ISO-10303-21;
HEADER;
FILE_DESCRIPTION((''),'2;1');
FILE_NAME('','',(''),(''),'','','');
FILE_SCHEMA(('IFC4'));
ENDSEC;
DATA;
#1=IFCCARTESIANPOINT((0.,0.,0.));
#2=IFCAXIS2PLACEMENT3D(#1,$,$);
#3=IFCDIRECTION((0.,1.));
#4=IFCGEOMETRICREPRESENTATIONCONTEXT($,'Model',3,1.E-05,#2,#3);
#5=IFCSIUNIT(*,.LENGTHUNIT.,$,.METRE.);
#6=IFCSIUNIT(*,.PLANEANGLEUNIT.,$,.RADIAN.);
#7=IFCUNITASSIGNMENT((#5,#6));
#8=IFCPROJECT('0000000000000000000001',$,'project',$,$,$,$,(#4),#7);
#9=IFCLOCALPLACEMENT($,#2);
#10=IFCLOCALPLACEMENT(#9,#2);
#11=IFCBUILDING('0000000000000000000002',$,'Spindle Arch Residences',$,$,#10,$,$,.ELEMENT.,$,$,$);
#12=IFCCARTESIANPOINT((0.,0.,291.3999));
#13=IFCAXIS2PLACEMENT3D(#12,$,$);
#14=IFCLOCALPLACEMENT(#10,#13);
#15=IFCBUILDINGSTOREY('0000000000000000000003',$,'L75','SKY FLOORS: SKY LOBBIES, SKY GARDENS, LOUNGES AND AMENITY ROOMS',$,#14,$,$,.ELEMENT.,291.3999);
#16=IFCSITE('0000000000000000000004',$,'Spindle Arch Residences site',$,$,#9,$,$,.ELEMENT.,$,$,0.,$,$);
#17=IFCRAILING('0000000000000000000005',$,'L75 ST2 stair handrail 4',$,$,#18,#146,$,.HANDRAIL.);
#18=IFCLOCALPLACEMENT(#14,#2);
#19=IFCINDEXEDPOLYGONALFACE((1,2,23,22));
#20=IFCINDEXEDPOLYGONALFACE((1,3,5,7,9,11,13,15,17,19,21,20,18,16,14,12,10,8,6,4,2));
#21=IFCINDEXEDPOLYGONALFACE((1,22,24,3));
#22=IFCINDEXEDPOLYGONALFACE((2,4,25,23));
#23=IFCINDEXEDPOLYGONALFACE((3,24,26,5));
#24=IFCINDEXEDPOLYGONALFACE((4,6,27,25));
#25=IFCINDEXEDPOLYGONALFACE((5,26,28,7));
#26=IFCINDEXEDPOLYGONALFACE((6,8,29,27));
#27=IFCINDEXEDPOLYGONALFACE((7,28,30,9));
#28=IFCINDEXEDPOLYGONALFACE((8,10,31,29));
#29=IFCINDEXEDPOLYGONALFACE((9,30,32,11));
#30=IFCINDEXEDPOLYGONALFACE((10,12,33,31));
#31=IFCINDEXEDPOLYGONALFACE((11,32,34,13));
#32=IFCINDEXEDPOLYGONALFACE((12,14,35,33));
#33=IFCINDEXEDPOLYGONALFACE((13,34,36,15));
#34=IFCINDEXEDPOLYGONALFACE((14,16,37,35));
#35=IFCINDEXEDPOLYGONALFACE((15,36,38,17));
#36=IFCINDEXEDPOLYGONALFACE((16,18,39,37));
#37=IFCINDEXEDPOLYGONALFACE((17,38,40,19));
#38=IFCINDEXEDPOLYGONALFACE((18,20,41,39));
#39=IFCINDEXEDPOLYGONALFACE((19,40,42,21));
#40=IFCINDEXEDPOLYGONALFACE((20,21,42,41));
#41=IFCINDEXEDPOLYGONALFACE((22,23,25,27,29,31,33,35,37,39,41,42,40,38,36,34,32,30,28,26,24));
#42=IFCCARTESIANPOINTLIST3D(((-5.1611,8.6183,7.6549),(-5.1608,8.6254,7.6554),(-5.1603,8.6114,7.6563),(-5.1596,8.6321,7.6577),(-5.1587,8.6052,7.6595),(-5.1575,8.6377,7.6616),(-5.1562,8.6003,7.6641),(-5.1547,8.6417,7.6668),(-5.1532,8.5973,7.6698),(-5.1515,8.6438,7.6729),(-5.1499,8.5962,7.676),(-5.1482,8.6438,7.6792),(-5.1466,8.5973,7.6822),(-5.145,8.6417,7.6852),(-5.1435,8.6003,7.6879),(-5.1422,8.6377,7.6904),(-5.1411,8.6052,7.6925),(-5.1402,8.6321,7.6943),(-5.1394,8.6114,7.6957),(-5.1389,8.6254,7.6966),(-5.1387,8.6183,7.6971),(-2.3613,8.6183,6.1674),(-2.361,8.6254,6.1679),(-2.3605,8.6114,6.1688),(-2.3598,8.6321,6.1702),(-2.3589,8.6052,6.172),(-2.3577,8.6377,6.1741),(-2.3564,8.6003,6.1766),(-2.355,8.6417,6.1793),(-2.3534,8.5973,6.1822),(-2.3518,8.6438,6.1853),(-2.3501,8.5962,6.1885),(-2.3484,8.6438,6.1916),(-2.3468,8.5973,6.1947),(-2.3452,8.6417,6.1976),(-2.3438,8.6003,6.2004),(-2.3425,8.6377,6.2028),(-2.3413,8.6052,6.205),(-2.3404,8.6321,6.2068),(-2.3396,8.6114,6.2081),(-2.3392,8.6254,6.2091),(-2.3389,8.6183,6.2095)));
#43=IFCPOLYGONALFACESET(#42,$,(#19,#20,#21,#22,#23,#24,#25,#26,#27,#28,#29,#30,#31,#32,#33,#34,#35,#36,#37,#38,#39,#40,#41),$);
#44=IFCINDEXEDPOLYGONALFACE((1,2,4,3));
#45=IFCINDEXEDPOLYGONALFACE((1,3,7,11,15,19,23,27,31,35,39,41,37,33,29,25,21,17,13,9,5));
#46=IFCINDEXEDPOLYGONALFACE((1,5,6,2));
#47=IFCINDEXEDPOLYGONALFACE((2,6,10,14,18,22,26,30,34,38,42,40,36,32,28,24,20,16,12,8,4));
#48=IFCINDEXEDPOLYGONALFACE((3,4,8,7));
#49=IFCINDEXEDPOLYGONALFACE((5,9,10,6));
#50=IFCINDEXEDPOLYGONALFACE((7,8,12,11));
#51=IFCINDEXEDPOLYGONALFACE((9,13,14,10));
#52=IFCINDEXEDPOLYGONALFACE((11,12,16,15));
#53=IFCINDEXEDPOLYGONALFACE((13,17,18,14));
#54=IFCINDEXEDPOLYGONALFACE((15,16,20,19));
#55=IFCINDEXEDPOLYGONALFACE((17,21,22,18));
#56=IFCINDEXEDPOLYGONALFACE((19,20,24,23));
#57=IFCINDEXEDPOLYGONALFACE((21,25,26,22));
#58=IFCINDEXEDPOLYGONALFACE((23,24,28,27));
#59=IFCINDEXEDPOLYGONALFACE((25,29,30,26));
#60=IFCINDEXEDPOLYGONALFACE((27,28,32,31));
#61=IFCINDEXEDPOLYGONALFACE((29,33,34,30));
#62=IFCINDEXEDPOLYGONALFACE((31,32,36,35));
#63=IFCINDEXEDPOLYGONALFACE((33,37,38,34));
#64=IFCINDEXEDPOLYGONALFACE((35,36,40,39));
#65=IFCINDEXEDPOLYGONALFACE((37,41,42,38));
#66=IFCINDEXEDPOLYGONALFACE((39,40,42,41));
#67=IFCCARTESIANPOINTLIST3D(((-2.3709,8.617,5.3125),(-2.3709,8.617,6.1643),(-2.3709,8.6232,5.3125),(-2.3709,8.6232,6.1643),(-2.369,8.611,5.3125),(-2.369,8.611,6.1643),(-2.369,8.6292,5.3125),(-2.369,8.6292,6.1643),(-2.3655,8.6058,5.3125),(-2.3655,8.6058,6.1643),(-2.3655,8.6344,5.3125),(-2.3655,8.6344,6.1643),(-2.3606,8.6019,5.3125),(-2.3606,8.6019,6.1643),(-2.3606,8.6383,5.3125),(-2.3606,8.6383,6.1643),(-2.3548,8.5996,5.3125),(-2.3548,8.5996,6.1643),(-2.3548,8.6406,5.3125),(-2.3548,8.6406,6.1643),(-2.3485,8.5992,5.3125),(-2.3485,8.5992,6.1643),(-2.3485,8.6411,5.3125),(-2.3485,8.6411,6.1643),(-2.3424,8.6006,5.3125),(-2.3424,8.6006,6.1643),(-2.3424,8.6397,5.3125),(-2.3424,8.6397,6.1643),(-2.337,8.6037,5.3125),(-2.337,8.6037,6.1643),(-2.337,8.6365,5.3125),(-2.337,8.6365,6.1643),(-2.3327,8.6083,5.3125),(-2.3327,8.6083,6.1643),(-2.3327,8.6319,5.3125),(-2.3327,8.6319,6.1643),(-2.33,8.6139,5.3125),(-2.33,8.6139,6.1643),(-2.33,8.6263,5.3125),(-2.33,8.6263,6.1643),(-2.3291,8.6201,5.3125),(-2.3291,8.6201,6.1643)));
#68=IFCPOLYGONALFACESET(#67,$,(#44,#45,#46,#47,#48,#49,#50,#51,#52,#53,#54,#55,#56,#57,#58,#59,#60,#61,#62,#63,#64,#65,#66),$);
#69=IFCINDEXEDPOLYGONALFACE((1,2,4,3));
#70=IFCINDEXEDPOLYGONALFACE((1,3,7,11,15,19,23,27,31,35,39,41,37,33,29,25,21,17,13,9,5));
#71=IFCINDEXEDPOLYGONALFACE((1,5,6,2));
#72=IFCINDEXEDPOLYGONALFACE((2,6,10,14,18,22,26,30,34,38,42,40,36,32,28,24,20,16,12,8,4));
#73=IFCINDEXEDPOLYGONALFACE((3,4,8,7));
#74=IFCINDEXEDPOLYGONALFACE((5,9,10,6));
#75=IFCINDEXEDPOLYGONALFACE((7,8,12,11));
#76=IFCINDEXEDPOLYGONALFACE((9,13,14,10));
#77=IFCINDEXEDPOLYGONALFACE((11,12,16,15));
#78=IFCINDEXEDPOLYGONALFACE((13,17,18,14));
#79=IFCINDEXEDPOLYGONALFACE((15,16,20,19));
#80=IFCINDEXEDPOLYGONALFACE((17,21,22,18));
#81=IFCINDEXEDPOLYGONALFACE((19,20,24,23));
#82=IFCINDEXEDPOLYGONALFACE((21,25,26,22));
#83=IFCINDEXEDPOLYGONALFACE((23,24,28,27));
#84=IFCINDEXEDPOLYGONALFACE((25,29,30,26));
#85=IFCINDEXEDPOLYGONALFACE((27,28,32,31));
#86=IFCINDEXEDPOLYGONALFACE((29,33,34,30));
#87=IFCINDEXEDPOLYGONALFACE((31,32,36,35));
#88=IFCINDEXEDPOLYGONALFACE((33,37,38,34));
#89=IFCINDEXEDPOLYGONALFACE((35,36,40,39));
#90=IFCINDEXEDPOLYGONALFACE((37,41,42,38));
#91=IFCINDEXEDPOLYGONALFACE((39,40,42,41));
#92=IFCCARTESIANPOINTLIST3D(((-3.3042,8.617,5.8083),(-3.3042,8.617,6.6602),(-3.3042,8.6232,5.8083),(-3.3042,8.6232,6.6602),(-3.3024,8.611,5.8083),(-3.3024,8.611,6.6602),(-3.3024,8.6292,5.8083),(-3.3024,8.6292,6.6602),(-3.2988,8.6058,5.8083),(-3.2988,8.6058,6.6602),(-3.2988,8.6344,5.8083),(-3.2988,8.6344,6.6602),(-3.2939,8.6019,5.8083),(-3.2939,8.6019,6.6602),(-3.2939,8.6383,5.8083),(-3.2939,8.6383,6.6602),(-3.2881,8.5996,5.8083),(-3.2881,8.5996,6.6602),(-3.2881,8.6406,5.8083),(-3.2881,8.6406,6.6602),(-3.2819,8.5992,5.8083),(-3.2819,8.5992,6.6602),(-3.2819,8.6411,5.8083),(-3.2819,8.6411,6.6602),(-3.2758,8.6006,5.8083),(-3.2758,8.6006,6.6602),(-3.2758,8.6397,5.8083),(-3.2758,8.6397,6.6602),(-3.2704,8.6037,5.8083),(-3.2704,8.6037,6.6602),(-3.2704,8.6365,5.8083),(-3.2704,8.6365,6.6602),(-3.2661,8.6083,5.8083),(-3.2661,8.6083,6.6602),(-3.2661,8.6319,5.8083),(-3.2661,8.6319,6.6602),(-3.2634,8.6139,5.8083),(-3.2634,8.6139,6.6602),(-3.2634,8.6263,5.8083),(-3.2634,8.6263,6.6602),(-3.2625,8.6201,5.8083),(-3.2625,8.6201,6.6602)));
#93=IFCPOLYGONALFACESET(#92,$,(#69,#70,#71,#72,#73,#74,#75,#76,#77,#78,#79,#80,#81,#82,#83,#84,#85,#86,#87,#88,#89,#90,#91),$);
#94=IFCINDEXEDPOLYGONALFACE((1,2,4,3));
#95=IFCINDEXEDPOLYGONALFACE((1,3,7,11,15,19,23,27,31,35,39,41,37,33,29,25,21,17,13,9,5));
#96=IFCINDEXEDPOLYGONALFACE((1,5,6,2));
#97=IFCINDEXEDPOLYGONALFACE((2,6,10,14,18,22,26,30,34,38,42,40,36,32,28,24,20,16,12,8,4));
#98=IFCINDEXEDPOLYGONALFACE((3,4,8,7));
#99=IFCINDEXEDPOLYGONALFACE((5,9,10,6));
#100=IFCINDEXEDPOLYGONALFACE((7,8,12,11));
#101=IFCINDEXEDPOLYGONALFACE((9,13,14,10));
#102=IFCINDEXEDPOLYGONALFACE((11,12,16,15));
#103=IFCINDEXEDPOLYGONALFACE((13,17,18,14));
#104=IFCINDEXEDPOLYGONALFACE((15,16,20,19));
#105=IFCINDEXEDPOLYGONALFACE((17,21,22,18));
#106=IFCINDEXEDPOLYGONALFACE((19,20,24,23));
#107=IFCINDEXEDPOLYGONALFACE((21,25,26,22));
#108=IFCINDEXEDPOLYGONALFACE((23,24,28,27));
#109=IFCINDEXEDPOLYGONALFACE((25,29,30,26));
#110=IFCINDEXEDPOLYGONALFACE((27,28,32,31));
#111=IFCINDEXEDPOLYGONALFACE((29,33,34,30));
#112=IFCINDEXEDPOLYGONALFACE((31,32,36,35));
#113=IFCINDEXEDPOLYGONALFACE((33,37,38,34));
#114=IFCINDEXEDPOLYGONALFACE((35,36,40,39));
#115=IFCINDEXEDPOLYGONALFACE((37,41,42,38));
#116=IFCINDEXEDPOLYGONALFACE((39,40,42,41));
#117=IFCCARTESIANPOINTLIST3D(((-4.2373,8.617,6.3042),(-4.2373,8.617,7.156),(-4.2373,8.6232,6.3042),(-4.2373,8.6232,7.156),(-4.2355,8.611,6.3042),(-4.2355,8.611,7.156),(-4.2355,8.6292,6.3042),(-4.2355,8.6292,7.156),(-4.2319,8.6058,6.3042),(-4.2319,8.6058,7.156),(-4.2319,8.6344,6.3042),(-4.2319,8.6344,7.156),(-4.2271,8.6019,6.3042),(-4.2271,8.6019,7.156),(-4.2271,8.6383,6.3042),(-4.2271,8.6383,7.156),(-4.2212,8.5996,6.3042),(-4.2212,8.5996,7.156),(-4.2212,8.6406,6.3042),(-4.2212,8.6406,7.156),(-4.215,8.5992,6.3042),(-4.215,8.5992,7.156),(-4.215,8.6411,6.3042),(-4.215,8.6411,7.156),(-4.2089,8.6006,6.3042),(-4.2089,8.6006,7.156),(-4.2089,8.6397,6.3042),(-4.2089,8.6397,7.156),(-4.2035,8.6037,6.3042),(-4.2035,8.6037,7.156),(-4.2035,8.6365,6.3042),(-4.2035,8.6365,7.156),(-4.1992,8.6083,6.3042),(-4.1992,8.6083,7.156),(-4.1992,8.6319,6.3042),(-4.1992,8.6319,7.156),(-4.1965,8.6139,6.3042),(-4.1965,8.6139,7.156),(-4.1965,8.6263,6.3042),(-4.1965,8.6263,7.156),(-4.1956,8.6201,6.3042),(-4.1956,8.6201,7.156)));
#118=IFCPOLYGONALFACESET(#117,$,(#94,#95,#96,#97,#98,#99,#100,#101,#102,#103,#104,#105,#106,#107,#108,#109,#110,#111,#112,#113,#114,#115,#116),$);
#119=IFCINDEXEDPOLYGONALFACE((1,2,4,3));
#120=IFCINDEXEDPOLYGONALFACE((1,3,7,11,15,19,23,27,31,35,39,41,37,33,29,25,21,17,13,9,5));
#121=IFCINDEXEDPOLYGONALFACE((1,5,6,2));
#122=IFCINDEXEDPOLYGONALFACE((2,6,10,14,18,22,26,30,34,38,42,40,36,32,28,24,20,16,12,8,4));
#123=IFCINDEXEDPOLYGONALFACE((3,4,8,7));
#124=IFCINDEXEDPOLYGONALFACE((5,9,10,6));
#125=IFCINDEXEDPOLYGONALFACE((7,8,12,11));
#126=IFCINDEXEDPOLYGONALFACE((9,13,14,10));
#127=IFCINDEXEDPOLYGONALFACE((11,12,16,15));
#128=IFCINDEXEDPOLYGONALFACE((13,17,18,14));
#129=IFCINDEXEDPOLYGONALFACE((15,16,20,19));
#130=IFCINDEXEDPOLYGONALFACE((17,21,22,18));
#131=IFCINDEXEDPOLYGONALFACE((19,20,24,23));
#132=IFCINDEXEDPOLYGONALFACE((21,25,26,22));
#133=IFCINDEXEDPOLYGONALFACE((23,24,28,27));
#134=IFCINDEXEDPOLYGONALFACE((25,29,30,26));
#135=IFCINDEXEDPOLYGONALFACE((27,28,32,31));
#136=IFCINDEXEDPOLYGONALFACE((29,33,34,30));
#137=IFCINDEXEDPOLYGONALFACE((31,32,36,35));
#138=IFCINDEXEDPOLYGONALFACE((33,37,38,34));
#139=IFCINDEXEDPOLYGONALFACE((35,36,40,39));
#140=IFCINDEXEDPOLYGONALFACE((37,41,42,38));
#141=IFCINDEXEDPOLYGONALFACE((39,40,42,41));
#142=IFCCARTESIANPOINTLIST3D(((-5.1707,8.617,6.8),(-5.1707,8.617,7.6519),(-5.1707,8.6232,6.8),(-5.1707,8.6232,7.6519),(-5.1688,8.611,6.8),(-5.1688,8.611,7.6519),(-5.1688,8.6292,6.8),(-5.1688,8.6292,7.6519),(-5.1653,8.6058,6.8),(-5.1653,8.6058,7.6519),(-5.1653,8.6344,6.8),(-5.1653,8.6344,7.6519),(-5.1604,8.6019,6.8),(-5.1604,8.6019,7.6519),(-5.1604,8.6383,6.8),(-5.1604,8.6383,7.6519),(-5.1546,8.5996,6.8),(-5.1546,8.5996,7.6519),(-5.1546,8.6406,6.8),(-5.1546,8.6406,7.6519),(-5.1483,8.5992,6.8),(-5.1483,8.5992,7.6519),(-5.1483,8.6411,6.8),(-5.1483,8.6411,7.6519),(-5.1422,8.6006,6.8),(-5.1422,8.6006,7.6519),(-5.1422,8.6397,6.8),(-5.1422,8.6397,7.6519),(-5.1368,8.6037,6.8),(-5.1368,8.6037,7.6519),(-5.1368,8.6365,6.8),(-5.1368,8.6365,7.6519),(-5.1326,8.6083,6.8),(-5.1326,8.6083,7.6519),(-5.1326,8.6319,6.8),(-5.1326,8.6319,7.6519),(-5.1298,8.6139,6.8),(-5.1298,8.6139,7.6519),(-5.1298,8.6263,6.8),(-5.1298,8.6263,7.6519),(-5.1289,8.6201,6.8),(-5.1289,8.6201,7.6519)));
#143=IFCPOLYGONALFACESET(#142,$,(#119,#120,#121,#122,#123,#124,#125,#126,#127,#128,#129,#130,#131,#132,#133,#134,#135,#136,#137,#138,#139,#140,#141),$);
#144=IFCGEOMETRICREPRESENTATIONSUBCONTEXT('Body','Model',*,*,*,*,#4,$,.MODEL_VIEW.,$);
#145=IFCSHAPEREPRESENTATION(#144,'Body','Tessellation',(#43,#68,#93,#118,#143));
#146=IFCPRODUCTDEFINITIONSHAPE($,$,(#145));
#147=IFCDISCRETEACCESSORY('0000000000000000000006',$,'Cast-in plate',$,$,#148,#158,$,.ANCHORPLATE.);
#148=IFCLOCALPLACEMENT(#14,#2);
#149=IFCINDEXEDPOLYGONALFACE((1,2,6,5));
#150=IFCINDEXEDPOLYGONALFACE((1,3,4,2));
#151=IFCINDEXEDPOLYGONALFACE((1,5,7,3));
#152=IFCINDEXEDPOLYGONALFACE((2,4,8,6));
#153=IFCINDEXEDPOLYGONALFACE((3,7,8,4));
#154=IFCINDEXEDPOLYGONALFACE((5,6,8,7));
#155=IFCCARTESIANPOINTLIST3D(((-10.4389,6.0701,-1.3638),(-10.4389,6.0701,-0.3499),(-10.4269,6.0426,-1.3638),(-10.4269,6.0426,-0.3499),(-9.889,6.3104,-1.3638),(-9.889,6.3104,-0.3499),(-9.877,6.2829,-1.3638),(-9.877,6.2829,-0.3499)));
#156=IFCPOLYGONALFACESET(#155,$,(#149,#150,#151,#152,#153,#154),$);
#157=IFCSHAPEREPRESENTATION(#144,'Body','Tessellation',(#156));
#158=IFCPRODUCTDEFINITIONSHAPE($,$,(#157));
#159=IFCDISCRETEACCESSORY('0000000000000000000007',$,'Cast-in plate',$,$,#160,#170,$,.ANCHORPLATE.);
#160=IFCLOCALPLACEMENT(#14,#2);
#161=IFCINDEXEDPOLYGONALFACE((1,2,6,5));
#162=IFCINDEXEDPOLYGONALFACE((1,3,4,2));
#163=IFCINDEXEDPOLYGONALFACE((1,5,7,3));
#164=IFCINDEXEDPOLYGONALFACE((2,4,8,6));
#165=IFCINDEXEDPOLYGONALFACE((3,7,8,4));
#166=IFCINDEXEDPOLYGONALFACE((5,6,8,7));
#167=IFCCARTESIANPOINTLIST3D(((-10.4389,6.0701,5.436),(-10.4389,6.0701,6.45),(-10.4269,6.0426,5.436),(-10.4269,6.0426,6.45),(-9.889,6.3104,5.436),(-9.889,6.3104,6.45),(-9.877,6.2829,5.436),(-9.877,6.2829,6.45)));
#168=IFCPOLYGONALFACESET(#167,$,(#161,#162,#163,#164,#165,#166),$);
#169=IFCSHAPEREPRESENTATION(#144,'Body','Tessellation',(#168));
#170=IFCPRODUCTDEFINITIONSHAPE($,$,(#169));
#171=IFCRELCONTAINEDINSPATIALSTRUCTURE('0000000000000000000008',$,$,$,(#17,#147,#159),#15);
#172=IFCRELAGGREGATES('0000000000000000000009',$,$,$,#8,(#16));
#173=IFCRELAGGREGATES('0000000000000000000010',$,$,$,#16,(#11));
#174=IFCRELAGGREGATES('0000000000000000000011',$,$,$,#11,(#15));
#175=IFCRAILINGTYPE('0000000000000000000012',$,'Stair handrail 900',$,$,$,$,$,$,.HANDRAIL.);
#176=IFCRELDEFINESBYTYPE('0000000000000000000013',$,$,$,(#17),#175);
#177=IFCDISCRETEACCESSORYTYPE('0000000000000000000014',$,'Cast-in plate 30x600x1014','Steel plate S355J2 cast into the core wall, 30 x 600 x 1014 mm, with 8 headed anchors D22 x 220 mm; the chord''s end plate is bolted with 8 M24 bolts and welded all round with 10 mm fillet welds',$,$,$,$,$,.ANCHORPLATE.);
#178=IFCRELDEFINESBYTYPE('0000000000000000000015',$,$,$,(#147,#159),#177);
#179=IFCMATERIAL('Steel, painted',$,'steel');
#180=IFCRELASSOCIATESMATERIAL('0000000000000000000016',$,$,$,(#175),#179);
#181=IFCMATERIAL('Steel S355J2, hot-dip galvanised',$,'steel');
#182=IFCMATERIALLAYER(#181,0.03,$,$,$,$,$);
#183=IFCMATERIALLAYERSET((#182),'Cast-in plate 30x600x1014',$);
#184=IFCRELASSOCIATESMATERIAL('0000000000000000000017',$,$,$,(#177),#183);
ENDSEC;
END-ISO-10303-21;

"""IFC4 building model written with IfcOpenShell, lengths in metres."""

from ifc_helpers import new_model, si_unit, direction, frame, origin, origin_2d, place, context, subcontext, project, spatial, rectangle, circle, extrude, material, layer, layer_set, type_object, element, save


model = new_model("IFC4")

# Units and contexts
model_context = context("Model", 3, precision=1e-05, world=origin(), true_north=direction((0.0, 1.0)))
body_context = subcontext(model_context, "Body", "Model", "MODEL_VIEW")
ifc_project = project(units=[si_unit("LENGTHUNIT", "METRE"), si_unit("PLANEANGLEUNIT", "RADIAN")], contexts=[model_context])

# Site, building, storey
site_placement = place(None, origin())
site = spatial("IfcSite", under=ifc_project, at=site_placement, Name="Spindle Arch Residences site", CompositionType="ELEMENT", RefElevation=0.0)
building_placement = place(site_placement, origin())
building = spatial("IfcBuilding", under=site, at=building_placement, Name="Spindle Arch Residences", CompositionType="ELEMENT")
storey_placement = place(building_placement, frame((0.0, 0.0, 291.3999)))
storey = spatial("IfcBuildingStorey", under=building, at=storey_placement, Name="L75", Description="SKY FLOORS: SKY LOBBIES, SKY GARDENS, LOUNGES AND AMENITY ROOMS", CompositionType="ELEMENT", Elevation=291.3999)

# Railing
ifc_material_1 = material(Name="Steel, painted", Category="steel")
railing_type_1 = type_object("IfcRailingType", Name="Stair handrail 900", PredefinedType="HANDRAIL", material=ifc_material_1)
railing_1_placement = place(storey_placement, frame((-2.3501, 8.6201, 5.3125)))
element("IfcRailing", 1, at=railing_1_placement, inside=storey, type_object=railing_type_1, Name="L75 ST2 stair handrail 4", PredefinedType="HANDRAIL", context=body_context, shape_type="SweptSolid", body=[
    extrude(circle(Radius=0.0239, at=origin_2d()), frame((0.0, 0.0, 0.876), z_axis=(-0.883096, 0.0, 0.469193), x_axis=(0.0, -1.0, 0.0)), (0.0, 0.0, 1.0), 3.1704),
    extrude(circle(Radius=0.021, at=origin_2d()), origin(), (0.0, 0.0, 1.0), 0.8518),
    extrude(circle(Radius=0.021, at=origin_2d()), frame((-0.9333, 0.0, 0.4958)), (0.0, 0.0, 1.0), 0.8518),
    extrude(circle(Radius=0.021, at=origin_2d()), frame((-1.8665, 0.0, 0.9917)), (0.0, 0.0, 1.0), 0.8518),
    extrude(circle(Radius=0.021, at=origin_2d()), frame((-2.7998, 0.0, 1.4875)), (0.0, 0.0, 1.0), 0.8518),
])

# Discrete accessories
ifc_material_2 = material(Name="Steel S355J2, hot-dip galvanised", Category="steel")
ifc_layer_1 = layer(ifc_material_2, 0.03)
ifc_layer_set_1 = layer_set([ifc_layer_1], Name="Cast-in plate 30x600x1014")
discrete_accessory_type = type_object("IfcDiscreteAccessoryType", Name="Cast-in plate 30x600x1014", Description="Steel plate S355J2 cast into the core wall, 30 x 600 x 1014 mm, with 8 headed anchors D22 x 220 mm; the chord's end plate is bolted with 8 M24 bolts and welded all round with 10 mm fillet welds", PredefinedType="ANCHORPLATE", material=ifc_layer_set_1)
for number, where, z_axis, x_axis, name in (
    (2, (-10.158, 6.1765, -1.3638), (0.0, 0.0, 1.0), (-0.400458, 0.916315, 0.0), "Cast-in plate"),
    (3, (-10.158, 6.1765, 5.436), (0.0, 0.0, 1.0), (-0.400458, 0.916315, 0.0), "Cast-in plate"),
):
    element("IfcDiscreteAccessory", number, at=place(storey_placement, frame(where, z_axis=z_axis, x_axis=x_axis)), inside=storey, type_object=discrete_accessory_type, Name=name, PredefinedType="ANCHORPLATE", context=body_context, shape_type="SweptSolid", body=[
        extrude(rectangle(XDim=0.03, YDim=0.6001, at=origin_2d()), origin(), (0.0, 0.0, 1.0), 1.0139),
    ])

save(model, "model.ifc")
